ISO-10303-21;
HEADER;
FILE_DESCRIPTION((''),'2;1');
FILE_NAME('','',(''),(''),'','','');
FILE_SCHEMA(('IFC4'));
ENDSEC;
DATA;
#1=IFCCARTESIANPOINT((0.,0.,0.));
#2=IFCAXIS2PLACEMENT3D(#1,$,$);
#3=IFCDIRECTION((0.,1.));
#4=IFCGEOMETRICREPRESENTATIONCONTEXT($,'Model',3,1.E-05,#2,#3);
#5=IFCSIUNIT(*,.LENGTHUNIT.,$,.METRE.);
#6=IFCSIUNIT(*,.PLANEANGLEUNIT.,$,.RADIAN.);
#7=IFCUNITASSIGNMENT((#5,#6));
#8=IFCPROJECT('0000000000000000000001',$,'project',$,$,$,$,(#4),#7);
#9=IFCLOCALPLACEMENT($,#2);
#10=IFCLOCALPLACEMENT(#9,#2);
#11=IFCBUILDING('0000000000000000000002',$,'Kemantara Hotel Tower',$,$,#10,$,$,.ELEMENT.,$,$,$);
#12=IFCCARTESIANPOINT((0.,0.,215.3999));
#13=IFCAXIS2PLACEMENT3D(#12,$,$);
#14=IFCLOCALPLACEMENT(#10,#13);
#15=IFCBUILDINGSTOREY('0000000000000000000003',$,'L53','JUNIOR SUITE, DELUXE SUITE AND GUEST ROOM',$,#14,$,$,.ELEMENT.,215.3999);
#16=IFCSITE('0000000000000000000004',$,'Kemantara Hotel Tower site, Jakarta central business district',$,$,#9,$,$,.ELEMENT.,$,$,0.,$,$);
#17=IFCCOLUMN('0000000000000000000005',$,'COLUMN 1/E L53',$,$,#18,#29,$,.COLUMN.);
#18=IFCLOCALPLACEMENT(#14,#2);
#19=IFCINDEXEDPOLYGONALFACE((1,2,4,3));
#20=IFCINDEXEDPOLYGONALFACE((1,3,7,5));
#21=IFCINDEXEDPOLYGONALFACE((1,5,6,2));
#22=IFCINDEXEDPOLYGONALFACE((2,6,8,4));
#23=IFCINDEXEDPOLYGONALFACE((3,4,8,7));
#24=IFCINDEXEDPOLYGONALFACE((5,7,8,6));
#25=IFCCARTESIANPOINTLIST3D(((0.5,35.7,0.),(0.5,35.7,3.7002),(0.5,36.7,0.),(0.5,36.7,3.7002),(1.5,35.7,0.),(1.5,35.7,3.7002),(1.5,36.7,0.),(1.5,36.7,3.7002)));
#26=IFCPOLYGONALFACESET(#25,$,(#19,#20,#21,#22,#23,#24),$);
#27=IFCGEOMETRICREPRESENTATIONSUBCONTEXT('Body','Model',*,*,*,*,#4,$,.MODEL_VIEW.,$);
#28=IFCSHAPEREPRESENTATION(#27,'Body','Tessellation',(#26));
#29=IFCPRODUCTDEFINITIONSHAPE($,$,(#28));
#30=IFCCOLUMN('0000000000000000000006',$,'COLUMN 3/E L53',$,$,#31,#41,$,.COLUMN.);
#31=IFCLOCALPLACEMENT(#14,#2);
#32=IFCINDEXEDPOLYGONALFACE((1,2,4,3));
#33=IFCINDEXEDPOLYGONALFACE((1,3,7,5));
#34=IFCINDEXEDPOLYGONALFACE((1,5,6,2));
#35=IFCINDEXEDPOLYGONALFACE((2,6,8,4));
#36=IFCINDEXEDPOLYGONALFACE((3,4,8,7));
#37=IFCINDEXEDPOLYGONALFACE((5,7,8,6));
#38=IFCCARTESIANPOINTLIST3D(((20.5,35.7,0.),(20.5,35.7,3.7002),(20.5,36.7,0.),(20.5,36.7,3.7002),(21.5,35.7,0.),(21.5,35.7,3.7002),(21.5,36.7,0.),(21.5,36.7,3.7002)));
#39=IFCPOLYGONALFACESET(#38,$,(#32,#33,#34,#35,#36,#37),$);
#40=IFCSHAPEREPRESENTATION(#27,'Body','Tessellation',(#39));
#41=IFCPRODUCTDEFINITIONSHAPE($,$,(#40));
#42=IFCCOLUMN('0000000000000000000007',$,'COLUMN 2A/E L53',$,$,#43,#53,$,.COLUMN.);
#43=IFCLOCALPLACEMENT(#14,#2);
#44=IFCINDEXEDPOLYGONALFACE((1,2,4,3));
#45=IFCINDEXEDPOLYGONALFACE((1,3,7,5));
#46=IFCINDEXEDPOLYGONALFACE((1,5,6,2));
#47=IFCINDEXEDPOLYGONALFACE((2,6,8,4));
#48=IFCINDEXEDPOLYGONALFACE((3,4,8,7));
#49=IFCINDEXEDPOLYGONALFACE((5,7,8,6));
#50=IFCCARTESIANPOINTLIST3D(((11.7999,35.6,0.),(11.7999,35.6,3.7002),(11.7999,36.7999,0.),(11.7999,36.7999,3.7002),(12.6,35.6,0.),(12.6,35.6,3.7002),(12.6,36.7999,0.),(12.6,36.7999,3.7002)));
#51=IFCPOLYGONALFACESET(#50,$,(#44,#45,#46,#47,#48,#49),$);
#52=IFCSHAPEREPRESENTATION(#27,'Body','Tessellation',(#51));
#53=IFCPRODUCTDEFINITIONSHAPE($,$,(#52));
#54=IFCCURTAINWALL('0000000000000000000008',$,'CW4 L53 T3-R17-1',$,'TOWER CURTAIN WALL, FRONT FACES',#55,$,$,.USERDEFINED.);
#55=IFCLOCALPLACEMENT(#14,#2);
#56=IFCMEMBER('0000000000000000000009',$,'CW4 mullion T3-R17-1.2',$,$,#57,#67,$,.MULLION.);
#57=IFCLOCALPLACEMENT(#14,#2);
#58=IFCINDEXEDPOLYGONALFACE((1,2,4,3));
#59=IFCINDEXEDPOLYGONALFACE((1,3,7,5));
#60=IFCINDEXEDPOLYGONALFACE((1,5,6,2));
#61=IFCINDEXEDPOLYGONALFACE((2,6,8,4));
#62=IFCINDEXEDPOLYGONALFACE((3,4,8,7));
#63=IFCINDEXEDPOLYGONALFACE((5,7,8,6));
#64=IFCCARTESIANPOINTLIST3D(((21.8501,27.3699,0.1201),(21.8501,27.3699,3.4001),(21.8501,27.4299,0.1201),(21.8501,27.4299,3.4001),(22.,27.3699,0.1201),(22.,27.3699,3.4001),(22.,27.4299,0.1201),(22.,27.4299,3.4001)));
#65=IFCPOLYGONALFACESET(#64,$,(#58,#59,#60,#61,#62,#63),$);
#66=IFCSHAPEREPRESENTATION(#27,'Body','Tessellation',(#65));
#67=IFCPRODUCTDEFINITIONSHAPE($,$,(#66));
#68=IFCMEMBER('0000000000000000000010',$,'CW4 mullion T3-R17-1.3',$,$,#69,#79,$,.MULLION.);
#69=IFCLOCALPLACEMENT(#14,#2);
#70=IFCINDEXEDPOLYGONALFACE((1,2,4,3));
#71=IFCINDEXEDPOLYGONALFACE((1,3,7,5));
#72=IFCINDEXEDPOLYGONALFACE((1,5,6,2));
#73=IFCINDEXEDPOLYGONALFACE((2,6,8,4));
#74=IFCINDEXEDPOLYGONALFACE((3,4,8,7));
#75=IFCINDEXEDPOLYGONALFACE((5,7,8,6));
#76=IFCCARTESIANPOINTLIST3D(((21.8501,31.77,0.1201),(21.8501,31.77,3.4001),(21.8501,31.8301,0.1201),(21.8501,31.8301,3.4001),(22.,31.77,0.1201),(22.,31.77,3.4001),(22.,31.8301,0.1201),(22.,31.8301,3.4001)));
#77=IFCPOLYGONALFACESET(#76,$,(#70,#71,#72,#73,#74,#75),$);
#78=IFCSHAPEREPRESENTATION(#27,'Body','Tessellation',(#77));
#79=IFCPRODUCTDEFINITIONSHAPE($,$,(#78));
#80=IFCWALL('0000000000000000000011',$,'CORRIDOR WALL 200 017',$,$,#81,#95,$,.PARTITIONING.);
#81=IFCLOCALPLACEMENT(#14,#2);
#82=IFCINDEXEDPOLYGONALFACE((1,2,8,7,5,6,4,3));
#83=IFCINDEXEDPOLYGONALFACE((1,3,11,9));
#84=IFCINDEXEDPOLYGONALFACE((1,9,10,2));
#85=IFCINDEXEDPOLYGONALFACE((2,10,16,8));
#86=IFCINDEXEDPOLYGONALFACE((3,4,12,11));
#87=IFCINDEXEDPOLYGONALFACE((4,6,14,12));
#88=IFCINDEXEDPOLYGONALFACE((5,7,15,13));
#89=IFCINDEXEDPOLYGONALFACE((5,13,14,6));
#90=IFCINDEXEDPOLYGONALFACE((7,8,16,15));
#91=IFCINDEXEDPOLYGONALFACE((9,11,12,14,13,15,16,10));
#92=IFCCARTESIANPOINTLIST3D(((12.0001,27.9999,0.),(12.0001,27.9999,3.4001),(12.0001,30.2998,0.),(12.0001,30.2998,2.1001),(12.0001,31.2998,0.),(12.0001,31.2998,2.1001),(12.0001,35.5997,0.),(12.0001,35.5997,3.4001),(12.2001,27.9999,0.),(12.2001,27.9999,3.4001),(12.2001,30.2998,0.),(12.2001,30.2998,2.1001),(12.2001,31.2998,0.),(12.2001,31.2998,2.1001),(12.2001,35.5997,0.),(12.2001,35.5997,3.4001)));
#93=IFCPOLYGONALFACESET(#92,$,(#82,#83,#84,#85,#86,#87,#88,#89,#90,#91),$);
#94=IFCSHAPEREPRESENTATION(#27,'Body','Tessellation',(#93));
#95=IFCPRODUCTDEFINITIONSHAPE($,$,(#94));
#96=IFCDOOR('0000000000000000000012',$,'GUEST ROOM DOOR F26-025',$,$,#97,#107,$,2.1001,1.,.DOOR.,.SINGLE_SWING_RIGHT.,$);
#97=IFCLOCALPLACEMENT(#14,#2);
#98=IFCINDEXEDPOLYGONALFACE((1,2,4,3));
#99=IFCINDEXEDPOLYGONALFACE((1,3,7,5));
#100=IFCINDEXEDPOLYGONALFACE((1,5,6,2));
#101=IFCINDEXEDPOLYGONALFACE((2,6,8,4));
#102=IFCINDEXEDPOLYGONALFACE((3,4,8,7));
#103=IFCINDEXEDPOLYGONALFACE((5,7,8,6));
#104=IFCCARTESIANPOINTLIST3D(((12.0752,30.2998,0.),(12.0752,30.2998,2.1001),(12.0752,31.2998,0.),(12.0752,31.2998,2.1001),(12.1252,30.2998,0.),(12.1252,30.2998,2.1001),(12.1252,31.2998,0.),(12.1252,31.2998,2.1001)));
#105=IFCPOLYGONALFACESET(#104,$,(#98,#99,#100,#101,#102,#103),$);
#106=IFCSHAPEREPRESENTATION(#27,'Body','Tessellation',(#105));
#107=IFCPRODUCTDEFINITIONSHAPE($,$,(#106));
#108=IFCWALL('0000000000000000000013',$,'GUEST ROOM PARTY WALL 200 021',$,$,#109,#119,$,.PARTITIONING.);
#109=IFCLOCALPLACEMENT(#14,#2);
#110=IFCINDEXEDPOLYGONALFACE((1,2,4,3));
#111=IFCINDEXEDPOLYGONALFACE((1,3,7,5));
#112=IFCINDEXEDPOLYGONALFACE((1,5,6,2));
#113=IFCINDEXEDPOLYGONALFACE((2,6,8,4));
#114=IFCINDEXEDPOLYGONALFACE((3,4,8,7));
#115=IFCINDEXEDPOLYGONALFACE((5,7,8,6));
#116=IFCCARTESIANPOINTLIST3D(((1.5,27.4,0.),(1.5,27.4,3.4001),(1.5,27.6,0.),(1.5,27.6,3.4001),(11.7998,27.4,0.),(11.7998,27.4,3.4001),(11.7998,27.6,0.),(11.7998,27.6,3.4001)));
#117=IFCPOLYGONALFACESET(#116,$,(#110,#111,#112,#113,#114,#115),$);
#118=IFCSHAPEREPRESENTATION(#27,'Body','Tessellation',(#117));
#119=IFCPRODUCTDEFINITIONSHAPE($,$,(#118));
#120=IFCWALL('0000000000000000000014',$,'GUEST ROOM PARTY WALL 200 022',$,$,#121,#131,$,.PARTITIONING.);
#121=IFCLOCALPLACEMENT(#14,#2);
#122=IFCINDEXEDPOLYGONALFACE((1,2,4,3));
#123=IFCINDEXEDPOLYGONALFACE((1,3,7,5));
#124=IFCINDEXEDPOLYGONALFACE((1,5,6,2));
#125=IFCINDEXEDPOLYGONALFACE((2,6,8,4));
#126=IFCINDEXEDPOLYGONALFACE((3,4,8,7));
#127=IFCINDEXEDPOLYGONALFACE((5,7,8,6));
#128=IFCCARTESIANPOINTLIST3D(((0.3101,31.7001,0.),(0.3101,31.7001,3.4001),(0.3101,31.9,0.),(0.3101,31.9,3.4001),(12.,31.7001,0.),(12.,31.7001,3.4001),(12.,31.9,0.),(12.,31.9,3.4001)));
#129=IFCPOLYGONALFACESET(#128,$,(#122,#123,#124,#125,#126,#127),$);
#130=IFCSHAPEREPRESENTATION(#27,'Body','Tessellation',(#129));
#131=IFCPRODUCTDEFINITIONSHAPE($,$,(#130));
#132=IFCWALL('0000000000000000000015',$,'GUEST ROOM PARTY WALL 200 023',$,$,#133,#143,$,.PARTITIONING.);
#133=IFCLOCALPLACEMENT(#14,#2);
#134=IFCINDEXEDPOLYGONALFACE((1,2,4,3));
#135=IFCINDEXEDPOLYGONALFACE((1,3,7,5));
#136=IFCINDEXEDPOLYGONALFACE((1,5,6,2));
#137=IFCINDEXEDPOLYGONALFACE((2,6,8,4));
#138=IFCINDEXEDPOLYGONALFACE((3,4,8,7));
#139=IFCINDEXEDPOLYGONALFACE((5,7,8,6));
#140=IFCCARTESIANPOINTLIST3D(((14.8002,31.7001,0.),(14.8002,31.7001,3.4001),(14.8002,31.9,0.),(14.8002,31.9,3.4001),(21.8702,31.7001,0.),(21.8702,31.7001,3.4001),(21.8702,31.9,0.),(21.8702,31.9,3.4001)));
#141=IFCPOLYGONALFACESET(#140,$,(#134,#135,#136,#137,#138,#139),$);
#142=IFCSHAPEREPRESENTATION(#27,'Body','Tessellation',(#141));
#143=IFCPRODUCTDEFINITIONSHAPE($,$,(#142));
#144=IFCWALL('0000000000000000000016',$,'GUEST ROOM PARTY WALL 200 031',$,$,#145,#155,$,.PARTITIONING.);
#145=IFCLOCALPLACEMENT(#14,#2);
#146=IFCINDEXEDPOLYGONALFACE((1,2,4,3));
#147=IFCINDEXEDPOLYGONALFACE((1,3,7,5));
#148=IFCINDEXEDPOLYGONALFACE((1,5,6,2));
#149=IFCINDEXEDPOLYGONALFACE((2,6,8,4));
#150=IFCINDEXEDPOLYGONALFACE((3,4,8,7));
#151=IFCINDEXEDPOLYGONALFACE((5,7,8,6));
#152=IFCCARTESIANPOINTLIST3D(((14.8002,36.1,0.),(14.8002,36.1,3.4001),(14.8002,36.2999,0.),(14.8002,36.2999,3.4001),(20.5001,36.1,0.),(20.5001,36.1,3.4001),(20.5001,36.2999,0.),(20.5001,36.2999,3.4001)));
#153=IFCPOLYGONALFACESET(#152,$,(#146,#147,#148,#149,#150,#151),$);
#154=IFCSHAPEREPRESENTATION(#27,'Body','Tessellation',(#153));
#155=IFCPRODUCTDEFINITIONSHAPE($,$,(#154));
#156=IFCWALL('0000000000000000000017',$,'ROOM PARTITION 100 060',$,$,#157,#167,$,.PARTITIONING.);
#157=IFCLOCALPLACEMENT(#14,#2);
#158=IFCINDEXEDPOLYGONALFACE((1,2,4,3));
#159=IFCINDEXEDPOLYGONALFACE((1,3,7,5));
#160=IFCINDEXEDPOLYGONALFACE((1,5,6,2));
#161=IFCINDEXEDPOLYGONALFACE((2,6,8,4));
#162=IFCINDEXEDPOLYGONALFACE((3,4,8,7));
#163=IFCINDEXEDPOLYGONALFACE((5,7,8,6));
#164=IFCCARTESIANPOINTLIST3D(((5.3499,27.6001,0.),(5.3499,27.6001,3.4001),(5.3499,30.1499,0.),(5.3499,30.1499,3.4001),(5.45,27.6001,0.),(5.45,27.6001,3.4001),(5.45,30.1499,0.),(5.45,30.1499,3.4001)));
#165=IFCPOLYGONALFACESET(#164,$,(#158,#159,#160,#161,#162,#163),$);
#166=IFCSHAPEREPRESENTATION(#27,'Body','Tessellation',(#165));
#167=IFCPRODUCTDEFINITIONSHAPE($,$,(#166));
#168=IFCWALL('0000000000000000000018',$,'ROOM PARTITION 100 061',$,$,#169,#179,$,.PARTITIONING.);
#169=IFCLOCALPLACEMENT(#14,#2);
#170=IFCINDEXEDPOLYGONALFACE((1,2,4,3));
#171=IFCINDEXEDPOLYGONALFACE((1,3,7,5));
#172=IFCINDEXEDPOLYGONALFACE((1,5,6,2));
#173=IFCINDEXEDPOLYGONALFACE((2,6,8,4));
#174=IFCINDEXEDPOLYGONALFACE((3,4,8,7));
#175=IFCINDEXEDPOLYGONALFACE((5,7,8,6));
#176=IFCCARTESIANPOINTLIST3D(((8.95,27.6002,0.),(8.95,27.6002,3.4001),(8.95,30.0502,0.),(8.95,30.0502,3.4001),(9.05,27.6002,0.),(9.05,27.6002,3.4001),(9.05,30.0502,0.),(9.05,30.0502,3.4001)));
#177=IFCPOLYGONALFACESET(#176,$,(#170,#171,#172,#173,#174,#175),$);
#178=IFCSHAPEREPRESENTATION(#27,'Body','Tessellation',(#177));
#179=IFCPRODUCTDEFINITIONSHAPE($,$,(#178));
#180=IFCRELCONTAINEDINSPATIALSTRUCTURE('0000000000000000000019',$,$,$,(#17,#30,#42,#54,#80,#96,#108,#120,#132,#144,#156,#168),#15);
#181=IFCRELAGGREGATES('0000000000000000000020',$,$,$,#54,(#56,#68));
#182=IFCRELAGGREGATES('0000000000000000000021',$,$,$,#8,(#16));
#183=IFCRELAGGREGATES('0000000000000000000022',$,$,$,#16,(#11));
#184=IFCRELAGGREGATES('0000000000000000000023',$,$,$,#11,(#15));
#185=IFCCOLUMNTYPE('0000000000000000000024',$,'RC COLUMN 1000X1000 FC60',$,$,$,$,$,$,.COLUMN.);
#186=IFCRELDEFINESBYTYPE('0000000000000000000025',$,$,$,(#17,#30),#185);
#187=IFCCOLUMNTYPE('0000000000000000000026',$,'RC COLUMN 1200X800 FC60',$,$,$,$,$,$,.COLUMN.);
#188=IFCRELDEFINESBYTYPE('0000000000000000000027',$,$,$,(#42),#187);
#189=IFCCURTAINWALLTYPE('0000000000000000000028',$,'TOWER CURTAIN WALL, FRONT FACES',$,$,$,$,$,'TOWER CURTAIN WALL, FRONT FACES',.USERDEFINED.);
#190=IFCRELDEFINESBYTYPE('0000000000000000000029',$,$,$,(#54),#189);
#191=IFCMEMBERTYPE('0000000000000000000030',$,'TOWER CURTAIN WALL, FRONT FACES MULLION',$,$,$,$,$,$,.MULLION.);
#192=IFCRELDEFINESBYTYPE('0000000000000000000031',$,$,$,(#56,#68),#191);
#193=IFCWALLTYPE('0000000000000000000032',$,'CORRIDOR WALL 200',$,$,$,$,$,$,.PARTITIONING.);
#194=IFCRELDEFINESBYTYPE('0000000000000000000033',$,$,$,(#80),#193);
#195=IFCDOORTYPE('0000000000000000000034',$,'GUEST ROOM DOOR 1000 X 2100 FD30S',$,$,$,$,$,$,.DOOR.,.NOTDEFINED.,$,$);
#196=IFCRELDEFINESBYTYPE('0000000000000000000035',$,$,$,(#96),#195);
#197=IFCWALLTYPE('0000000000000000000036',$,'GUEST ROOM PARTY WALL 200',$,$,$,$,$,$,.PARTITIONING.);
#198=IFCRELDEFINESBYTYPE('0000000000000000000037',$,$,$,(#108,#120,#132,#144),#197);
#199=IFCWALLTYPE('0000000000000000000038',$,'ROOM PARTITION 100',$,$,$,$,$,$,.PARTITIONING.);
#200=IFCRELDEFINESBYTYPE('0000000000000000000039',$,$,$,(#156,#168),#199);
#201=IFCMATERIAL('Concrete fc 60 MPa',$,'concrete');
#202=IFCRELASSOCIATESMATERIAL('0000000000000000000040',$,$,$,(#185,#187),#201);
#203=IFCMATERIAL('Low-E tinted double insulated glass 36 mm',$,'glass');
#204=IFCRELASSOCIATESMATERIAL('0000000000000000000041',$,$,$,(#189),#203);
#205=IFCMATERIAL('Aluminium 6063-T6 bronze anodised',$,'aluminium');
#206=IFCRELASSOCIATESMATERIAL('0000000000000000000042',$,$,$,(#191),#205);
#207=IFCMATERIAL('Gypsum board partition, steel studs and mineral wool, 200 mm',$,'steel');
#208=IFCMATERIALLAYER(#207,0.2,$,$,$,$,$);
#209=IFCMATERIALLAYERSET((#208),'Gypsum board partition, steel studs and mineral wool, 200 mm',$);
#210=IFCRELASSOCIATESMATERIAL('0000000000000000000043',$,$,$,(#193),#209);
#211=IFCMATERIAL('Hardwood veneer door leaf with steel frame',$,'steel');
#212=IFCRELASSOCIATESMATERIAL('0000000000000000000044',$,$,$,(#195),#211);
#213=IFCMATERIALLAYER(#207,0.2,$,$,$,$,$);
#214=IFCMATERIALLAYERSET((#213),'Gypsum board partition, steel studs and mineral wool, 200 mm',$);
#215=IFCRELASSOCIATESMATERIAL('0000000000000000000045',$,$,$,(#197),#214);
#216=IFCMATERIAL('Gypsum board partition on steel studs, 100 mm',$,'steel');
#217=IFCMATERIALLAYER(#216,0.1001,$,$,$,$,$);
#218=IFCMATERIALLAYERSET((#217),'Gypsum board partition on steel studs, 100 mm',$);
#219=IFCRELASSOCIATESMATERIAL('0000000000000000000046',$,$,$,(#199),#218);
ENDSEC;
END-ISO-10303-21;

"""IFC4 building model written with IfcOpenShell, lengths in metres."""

from ifc_helpers import new_model, si_unit, direction, frame, frame_2d, origin, origin_2d, place, context, subcontext, project, spatial, rectangle, extrude, source, transform, mapped, material, layer, layer_set, material_profile, profile_set, type_object, element, fill, aggregate, save


model = new_model("IFC4")

# Units and contexts
model_context = context("Model", 3, precision=1e-05, world=origin(), true_north=direction((0.0, 1.0)))
body_context = subcontext(model_context, "Body", "Model", "MODEL_VIEW")
ifc_project = project(units=[si_unit("LENGTHUNIT", "METRE"), si_unit("PLANEANGLEUNIT", "RADIAN")], contexts=[model_context])

# Site, building, storey
site_placement = place(None, origin())
site = spatial("IfcSite", under=ifc_project, at=site_placement, Name="Kemantara Hotel Tower site, Jakarta central business district", CompositionType="ELEMENT", RefElevation=0.0)
building_placement = place(site_placement, origin())
building = spatial("IfcBuilding", under=site, at=building_placement, Name="Kemantara Hotel Tower", CompositionType="ELEMENT")
storey_placement = place(building_placement, frame((0.0, 0.0, 215.3999)))
storey = spatial("IfcBuildingStorey", under=building, at=storey_placement, Name="L53", Description="JUNIOR SUITE, DELUXE SUITE AND GUEST ROOM", CompositionType="ELEMENT", Elevation=215.3999)

# Columns
ifc_material_1 = material(Name="Concrete fc 60 MPa", Category="concrete")
ifc_material_profile_1 = material_profile(ifc_material_1, rectangle(XDim=1.0, YDim=1.0, at=origin_2d()), Name="RC 1000X1000")
ifc_profile_set_1 = profile_set([ifc_material_profile_1], Name="Concrete fc 60 MPa")
column_type_1 = type_object("IfcColumnType", Name="RC COLUMN 1000X1000 FC60", PredefinedType="COLUMN", material=ifc_profile_set_1)
for number, where, z_axis, x_axis, name in (
    (1, (1.0, 36.2, 0.0), (0.0, 0.0, 1.0), (1.0, 0.0, 0.0), "COLUMN 1/E L53"),
    (2, (21.0, 36.2, 0.0), (0.0, 0.0, 1.0), (1.0, 0.0, 0.0), "COLUMN 3/E L53"),
):
    element("IfcColumn", number, at=place(storey_placement, frame(where, z_axis=z_axis, x_axis=x_axis)), inside=storey, type_object=column_type_1, Name=name, PredefinedType="COLUMN", context=body_context, shape_type="SweptSolid", body=[
        extrude(rectangle(XDim=1.0, YDim=1.0, at=origin_2d()), origin(), (0.0, 0.0, 1.0), 3.7002),
    ])
ifc_material_profile_2 = material_profile(ifc_material_1, rectangle(XDim=1.2, YDim=0.8, at=origin_2d()), Name="RC 1200X800")
ifc_profile_set_2 = profile_set([ifc_material_profile_2], Name="Concrete fc 60 MPa")
column_type_2 = type_object("IfcColumnType", Name="RC COLUMN 1200X800 FC60", PredefinedType="COLUMN", material=ifc_profile_set_2)
column_placement = place(storey_placement, frame((12.2, 36.2, 0.0), z_axis=(0.0, 0.0, 1.0), x_axis=(0.0, 1.0, 0.0)))
element("IfcColumn", 3, at=column_placement, inside=storey, type_object=column_type_2, Name="COLUMN 2A/E L53", PredefinedType="COLUMN", context=body_context, shape_type="SweptSolid", body=[
    extrude(rectangle(XDim=1.2, YDim=0.8, at=origin_2d()), origin(), (0.0, 0.0, 1.0), 3.7002),
])

# Curtain wall, members
ifc_material_2 = material(Name="Low-E tinted double insulated glass 36 mm", Category="glass")
curtain_wall_type = type_object("IfcCurtainWallType", Name="TOWER CURTAIN WALL, FRONT FACES", ElementType="TOWER CURTAIN WALL, FRONT FACES", PredefinedType="USERDEFINED", material=ifc_material_2)
curtain_wall_placement = place(storey_placement, origin())
curtain_wall = element("IfcCurtainWall", 4, at=curtain_wall_placement, inside=storey, type_object=curtain_wall_type, Name="CW4 L53 T3-R17-1", ObjectType="TOWER CURTAIN WALL, FRONT FACES", PredefinedType="USERDEFINED")
ifc_material_3 = material(Name="Aluminium 6063-T6 bronze anodised", Category="aluminium")
ifc_material_profile_3 = material_profile(ifc_material_3, rectangle(XDim=0.1499, YDim=0.0601, at=origin_2d()), Name="TOWER CURTAIN WALL, FRONT FACES MULLION")
ifc_profile_set_3 = profile_set([ifc_material_profile_3], Name="Aluminium 6063-T6 bronze anodised")
member_type = type_object("IfcMemberType", Name="TOWER CURTAIN WALL, FRONT FACES MULLION", PredefinedType="MULLION", material=ifc_profile_set_3)
shared_shape_1 = source(origin(), body_context, "Body", "SweptSolid", [
    extrude(rectangle(XDim=0.1499, YDim=0.0601, at=origin_2d()), origin(), (0.0, 0.0, 1.0), 3.28),
])
member_1_placement = place(storey_placement, frame((21.925, 27.3999, 0.1201), z_axis=(0.0, 0.0, 1.0), x_axis=(-1.0, 0.0, 0.0)))
member_1 = element("IfcMember", 5, at=member_1_placement, type_object=member_type, Name="CW4 mullion T3-R17-1.2", PredefinedType="MULLION", context=body_context, shape_type="MappedRepresentation", body=[
    mapped(shared_shape_1, transform((0.0, 0.0, 0.0))),
])
member_2_placement = place(storey_placement, frame((21.925, 31.8, 0.1201), z_axis=(0.0, 0.0, 1.0), x_axis=(-1.0, 0.0, 0.0)))
member_2 = element("IfcMember", 6, at=member_2_placement, type_object=member_type, Name="CW4 mullion T3-R17-1.3", PredefinedType="MULLION", context=body_context, shape_type="MappedRepresentation", body=[
    mapped(shared_shape_1, transform((0.0, 0.0, 0.0))),
])
aggregate(curtain_wall, [member_1, member_2])

# Wall, opening, door
ifc_material_4 = material(Name="Gypsum board partition, steel studs and mineral wool, 200 mm", Category="steel")
ifc_layer_1 = layer(ifc_material_4, 0.2)
ifc_layer_set_1 = layer_set([ifc_layer_1], Name="Gypsum board partition, steel studs and mineral wool, 200 mm")
wall_type_1 = type_object("IfcWallType", Name="CORRIDOR WALL 200", PredefinedType="PARTITIONING", material=ifc_layer_set_1)
wall_1_placement = place(storey_placement, frame((12.1001, 28.0, 0.0), z_axis=(0.0, 0.0, 1.0), x_axis=(0.0, 1.0, 0.0)))
wall_1 = element("IfcWall", 7, at=wall_1_placement, inside=storey, type_object=wall_type_1, Name="CORRIDOR WALL 200 017", PredefinedType="PARTITIONING", context=body_context, shape_type="SweptSolid", body=[
    extrude(rectangle(XDim=7.5999, YDim=0.2, at=frame_2d((3.7998, 0.0))), origin(), (0.0, 0.0, 1.0), 3.4001),
])
opening_1_placement = place(wall_1_placement, frame((2.2998, 0.0, 0.0)))
opening_1 = element("IfcOpeningElement", 8, at=opening_1_placement, cuts=wall_1, PredefinedType="OPENING", context=body_context, shape_type="SweptSolid", body=[
    extrude(rectangle(XDim=1.0, YDim=2.1001, at=frame_2d((0.5, 1.05))), frame((0.0, 0.1099, 0.0), z_axis=(0.0, -1.0, 0.0), x_axis=(1.0, 0.0, 0.0)), (0.0, 0.0, 1.0), 0.22),
])
ifc_material_5 = material(Name="Hardwood veneer door leaf with steel frame", Category="steel")
door_type_1 = type_object("IfcDoorType", Name="GUEST ROOM DOOR 1000 X 2100 FD30S", OperationType="NOTDEFINED", PredefinedType="DOOR", material=ifc_material_5)
door_1_placement = place(opening_1_placement, origin())
door_1 = element("IfcDoor", 9, at=door_1_placement, inside=storey, type_object=door_type_1, Name="GUEST ROOM DOOR F26-025", OperationType="SINGLE_SWING_RIGHT", OverallHeight=2.1001, OverallWidth=1.0, PredefinedType="DOOR", context=body_context, shape_type="SweptSolid", body=[
    extrude(rectangle(XDim=1.0, YDim=2.1001, at=frame_2d((0.5, 1.05))), frame((0.0, 0.0249, 0.0), z_axis=(0.0, -1.0, 0.0), x_axis=(1.0, 0.0, 0.0)), (0.0, 0.0, 1.0), 0.05),
])
fill(opening_1, door_1)

# Walls
ifc_layer_2 = layer(ifc_material_4, 0.2)
ifc_layer_set_2 = layer_set([ifc_layer_2], Name="Gypsum board partition, steel studs and mineral wool, 200 mm")
wall_type_2 = type_object("IfcWallType", Name="GUEST ROOM PARTY WALL 200", PredefinedType="PARTITIONING", material=ifc_layer_set_2)
wall_2_placement = place(storey_placement, frame((1.5, 27.5, 0.0), z_axis=(0.0, 0.0, 1.0), x_axis=(1.0, 0.0, 0.0)))
element("IfcWall", 10, at=wall_2_placement, inside=storey, type_object=wall_type_2, Name="GUEST ROOM PARTY WALL 200 021", PredefinedType="PARTITIONING", context=body_context, shape_type="SweptSolid", body=[
    extrude(rectangle(XDim=10.2998, YDim=0.2, at=frame_2d((5.1499, 0.0))), origin(), (0.0, 0.0, 1.0), 3.4001),
])
wall_3_placement = place(storey_placement, frame((0.3101, 31.8, 0.0), z_axis=(0.0, 0.0, 1.0), x_axis=(1.0, 0.0, 0.0)))
element("IfcWall", 11, at=wall_3_placement, inside=storey, type_object=wall_type_2, Name="GUEST ROOM PARTY WALL 200 022", PredefinedType="PARTITIONING", context=body_context, shape_type="SweptSolid", body=[
    extrude(rectangle(XDim=11.6899, YDim=0.2, at=frame_2d((5.845, 0.0))), origin(), (0.0, 0.0, 1.0), 3.4001),
])
wall_4_placement = place(storey_placement, frame((14.8, 31.8, 0.0), z_axis=(0.0, 0.0, 1.0), x_axis=(1.0, 0.0, 0.0)))
element("IfcWall", 12, at=wall_4_placement, inside=storey, type_object=wall_type_2, Name="GUEST ROOM PARTY WALL 200 023", PredefinedType="PARTITIONING", context=body_context, shape_type="SweptSolid", body=[
    extrude(rectangle(XDim=7.0701, YDim=0.2, at=frame_2d((3.5352, 0.0))), origin(), (0.0, 0.0, 1.0), 3.4001),
])
wall_5_placement = place(storey_placement, frame((14.8, 36.2, 0.0), z_axis=(0.0, 0.0, 1.0), x_axis=(1.0, 0.0, 0.0)))
element("IfcWall", 13, at=wall_5_placement, inside=storey, type_object=wall_type_2, Name="GUEST ROOM PARTY WALL 200 031", PredefinedType="PARTITIONING", context=body_context, shape_type="SweptSolid", body=[
    extrude(rectangle(XDim=5.7, YDim=0.2, at=frame_2d((2.8501, 0.0))), origin(), (0.0, 0.0, 1.0), 3.4001),
])
ifc_material_6 = material(Name="Gypsum board partition on steel studs, 100 mm", Category="steel")
ifc_layer_3 = layer(ifc_material_6, 0.1001)
ifc_layer_set_3 = layer_set([ifc_layer_3], Name="Gypsum board partition on steel studs, 100 mm")
wall_type_3 = type_object("IfcWallType", Name="ROOM PARTITION 100", PredefinedType="PARTITIONING", material=ifc_layer_set_3)
wall_6_placement = place(storey_placement, frame((5.3999, 27.6001, 0.0), z_axis=(0.0, 0.0, 1.0), x_axis=(0.0, 1.0, 0.0)))
element("IfcWall", 14, at=wall_6_placement, inside=storey, type_object=wall_type_3, Name="ROOM PARTITION 100 060", PredefinedType="PARTITIONING", context=body_context, shape_type="SweptSolid", body=[
    extrude(rectangle(XDim=2.5498, YDim=0.1001, at=frame_2d((1.2749, 0.0))), origin(), (0.0, 0.0, 1.0), 3.4001),
])
wall_7_placement = place(storey_placement, frame((9.0, 27.6001, 0.0), z_axis=(0.0, 0.0, 1.0), x_axis=(0.0, 1.0, 0.0)))
element("IfcWall", 15, at=wall_7_placement, inside=storey, type_object=wall_type_3, Name="ROOM PARTITION 100 061", PredefinedType="PARTITIONING", context=body_context, shape_type="SweptSolid", body=[
    extrude(rectangle(XDim=2.45, YDim=0.1001, at=frame_2d((1.2251, 0.0))), origin(), (0.0, 0.0, 1.0), 3.4001),
])

save(model, "model.ifc")
